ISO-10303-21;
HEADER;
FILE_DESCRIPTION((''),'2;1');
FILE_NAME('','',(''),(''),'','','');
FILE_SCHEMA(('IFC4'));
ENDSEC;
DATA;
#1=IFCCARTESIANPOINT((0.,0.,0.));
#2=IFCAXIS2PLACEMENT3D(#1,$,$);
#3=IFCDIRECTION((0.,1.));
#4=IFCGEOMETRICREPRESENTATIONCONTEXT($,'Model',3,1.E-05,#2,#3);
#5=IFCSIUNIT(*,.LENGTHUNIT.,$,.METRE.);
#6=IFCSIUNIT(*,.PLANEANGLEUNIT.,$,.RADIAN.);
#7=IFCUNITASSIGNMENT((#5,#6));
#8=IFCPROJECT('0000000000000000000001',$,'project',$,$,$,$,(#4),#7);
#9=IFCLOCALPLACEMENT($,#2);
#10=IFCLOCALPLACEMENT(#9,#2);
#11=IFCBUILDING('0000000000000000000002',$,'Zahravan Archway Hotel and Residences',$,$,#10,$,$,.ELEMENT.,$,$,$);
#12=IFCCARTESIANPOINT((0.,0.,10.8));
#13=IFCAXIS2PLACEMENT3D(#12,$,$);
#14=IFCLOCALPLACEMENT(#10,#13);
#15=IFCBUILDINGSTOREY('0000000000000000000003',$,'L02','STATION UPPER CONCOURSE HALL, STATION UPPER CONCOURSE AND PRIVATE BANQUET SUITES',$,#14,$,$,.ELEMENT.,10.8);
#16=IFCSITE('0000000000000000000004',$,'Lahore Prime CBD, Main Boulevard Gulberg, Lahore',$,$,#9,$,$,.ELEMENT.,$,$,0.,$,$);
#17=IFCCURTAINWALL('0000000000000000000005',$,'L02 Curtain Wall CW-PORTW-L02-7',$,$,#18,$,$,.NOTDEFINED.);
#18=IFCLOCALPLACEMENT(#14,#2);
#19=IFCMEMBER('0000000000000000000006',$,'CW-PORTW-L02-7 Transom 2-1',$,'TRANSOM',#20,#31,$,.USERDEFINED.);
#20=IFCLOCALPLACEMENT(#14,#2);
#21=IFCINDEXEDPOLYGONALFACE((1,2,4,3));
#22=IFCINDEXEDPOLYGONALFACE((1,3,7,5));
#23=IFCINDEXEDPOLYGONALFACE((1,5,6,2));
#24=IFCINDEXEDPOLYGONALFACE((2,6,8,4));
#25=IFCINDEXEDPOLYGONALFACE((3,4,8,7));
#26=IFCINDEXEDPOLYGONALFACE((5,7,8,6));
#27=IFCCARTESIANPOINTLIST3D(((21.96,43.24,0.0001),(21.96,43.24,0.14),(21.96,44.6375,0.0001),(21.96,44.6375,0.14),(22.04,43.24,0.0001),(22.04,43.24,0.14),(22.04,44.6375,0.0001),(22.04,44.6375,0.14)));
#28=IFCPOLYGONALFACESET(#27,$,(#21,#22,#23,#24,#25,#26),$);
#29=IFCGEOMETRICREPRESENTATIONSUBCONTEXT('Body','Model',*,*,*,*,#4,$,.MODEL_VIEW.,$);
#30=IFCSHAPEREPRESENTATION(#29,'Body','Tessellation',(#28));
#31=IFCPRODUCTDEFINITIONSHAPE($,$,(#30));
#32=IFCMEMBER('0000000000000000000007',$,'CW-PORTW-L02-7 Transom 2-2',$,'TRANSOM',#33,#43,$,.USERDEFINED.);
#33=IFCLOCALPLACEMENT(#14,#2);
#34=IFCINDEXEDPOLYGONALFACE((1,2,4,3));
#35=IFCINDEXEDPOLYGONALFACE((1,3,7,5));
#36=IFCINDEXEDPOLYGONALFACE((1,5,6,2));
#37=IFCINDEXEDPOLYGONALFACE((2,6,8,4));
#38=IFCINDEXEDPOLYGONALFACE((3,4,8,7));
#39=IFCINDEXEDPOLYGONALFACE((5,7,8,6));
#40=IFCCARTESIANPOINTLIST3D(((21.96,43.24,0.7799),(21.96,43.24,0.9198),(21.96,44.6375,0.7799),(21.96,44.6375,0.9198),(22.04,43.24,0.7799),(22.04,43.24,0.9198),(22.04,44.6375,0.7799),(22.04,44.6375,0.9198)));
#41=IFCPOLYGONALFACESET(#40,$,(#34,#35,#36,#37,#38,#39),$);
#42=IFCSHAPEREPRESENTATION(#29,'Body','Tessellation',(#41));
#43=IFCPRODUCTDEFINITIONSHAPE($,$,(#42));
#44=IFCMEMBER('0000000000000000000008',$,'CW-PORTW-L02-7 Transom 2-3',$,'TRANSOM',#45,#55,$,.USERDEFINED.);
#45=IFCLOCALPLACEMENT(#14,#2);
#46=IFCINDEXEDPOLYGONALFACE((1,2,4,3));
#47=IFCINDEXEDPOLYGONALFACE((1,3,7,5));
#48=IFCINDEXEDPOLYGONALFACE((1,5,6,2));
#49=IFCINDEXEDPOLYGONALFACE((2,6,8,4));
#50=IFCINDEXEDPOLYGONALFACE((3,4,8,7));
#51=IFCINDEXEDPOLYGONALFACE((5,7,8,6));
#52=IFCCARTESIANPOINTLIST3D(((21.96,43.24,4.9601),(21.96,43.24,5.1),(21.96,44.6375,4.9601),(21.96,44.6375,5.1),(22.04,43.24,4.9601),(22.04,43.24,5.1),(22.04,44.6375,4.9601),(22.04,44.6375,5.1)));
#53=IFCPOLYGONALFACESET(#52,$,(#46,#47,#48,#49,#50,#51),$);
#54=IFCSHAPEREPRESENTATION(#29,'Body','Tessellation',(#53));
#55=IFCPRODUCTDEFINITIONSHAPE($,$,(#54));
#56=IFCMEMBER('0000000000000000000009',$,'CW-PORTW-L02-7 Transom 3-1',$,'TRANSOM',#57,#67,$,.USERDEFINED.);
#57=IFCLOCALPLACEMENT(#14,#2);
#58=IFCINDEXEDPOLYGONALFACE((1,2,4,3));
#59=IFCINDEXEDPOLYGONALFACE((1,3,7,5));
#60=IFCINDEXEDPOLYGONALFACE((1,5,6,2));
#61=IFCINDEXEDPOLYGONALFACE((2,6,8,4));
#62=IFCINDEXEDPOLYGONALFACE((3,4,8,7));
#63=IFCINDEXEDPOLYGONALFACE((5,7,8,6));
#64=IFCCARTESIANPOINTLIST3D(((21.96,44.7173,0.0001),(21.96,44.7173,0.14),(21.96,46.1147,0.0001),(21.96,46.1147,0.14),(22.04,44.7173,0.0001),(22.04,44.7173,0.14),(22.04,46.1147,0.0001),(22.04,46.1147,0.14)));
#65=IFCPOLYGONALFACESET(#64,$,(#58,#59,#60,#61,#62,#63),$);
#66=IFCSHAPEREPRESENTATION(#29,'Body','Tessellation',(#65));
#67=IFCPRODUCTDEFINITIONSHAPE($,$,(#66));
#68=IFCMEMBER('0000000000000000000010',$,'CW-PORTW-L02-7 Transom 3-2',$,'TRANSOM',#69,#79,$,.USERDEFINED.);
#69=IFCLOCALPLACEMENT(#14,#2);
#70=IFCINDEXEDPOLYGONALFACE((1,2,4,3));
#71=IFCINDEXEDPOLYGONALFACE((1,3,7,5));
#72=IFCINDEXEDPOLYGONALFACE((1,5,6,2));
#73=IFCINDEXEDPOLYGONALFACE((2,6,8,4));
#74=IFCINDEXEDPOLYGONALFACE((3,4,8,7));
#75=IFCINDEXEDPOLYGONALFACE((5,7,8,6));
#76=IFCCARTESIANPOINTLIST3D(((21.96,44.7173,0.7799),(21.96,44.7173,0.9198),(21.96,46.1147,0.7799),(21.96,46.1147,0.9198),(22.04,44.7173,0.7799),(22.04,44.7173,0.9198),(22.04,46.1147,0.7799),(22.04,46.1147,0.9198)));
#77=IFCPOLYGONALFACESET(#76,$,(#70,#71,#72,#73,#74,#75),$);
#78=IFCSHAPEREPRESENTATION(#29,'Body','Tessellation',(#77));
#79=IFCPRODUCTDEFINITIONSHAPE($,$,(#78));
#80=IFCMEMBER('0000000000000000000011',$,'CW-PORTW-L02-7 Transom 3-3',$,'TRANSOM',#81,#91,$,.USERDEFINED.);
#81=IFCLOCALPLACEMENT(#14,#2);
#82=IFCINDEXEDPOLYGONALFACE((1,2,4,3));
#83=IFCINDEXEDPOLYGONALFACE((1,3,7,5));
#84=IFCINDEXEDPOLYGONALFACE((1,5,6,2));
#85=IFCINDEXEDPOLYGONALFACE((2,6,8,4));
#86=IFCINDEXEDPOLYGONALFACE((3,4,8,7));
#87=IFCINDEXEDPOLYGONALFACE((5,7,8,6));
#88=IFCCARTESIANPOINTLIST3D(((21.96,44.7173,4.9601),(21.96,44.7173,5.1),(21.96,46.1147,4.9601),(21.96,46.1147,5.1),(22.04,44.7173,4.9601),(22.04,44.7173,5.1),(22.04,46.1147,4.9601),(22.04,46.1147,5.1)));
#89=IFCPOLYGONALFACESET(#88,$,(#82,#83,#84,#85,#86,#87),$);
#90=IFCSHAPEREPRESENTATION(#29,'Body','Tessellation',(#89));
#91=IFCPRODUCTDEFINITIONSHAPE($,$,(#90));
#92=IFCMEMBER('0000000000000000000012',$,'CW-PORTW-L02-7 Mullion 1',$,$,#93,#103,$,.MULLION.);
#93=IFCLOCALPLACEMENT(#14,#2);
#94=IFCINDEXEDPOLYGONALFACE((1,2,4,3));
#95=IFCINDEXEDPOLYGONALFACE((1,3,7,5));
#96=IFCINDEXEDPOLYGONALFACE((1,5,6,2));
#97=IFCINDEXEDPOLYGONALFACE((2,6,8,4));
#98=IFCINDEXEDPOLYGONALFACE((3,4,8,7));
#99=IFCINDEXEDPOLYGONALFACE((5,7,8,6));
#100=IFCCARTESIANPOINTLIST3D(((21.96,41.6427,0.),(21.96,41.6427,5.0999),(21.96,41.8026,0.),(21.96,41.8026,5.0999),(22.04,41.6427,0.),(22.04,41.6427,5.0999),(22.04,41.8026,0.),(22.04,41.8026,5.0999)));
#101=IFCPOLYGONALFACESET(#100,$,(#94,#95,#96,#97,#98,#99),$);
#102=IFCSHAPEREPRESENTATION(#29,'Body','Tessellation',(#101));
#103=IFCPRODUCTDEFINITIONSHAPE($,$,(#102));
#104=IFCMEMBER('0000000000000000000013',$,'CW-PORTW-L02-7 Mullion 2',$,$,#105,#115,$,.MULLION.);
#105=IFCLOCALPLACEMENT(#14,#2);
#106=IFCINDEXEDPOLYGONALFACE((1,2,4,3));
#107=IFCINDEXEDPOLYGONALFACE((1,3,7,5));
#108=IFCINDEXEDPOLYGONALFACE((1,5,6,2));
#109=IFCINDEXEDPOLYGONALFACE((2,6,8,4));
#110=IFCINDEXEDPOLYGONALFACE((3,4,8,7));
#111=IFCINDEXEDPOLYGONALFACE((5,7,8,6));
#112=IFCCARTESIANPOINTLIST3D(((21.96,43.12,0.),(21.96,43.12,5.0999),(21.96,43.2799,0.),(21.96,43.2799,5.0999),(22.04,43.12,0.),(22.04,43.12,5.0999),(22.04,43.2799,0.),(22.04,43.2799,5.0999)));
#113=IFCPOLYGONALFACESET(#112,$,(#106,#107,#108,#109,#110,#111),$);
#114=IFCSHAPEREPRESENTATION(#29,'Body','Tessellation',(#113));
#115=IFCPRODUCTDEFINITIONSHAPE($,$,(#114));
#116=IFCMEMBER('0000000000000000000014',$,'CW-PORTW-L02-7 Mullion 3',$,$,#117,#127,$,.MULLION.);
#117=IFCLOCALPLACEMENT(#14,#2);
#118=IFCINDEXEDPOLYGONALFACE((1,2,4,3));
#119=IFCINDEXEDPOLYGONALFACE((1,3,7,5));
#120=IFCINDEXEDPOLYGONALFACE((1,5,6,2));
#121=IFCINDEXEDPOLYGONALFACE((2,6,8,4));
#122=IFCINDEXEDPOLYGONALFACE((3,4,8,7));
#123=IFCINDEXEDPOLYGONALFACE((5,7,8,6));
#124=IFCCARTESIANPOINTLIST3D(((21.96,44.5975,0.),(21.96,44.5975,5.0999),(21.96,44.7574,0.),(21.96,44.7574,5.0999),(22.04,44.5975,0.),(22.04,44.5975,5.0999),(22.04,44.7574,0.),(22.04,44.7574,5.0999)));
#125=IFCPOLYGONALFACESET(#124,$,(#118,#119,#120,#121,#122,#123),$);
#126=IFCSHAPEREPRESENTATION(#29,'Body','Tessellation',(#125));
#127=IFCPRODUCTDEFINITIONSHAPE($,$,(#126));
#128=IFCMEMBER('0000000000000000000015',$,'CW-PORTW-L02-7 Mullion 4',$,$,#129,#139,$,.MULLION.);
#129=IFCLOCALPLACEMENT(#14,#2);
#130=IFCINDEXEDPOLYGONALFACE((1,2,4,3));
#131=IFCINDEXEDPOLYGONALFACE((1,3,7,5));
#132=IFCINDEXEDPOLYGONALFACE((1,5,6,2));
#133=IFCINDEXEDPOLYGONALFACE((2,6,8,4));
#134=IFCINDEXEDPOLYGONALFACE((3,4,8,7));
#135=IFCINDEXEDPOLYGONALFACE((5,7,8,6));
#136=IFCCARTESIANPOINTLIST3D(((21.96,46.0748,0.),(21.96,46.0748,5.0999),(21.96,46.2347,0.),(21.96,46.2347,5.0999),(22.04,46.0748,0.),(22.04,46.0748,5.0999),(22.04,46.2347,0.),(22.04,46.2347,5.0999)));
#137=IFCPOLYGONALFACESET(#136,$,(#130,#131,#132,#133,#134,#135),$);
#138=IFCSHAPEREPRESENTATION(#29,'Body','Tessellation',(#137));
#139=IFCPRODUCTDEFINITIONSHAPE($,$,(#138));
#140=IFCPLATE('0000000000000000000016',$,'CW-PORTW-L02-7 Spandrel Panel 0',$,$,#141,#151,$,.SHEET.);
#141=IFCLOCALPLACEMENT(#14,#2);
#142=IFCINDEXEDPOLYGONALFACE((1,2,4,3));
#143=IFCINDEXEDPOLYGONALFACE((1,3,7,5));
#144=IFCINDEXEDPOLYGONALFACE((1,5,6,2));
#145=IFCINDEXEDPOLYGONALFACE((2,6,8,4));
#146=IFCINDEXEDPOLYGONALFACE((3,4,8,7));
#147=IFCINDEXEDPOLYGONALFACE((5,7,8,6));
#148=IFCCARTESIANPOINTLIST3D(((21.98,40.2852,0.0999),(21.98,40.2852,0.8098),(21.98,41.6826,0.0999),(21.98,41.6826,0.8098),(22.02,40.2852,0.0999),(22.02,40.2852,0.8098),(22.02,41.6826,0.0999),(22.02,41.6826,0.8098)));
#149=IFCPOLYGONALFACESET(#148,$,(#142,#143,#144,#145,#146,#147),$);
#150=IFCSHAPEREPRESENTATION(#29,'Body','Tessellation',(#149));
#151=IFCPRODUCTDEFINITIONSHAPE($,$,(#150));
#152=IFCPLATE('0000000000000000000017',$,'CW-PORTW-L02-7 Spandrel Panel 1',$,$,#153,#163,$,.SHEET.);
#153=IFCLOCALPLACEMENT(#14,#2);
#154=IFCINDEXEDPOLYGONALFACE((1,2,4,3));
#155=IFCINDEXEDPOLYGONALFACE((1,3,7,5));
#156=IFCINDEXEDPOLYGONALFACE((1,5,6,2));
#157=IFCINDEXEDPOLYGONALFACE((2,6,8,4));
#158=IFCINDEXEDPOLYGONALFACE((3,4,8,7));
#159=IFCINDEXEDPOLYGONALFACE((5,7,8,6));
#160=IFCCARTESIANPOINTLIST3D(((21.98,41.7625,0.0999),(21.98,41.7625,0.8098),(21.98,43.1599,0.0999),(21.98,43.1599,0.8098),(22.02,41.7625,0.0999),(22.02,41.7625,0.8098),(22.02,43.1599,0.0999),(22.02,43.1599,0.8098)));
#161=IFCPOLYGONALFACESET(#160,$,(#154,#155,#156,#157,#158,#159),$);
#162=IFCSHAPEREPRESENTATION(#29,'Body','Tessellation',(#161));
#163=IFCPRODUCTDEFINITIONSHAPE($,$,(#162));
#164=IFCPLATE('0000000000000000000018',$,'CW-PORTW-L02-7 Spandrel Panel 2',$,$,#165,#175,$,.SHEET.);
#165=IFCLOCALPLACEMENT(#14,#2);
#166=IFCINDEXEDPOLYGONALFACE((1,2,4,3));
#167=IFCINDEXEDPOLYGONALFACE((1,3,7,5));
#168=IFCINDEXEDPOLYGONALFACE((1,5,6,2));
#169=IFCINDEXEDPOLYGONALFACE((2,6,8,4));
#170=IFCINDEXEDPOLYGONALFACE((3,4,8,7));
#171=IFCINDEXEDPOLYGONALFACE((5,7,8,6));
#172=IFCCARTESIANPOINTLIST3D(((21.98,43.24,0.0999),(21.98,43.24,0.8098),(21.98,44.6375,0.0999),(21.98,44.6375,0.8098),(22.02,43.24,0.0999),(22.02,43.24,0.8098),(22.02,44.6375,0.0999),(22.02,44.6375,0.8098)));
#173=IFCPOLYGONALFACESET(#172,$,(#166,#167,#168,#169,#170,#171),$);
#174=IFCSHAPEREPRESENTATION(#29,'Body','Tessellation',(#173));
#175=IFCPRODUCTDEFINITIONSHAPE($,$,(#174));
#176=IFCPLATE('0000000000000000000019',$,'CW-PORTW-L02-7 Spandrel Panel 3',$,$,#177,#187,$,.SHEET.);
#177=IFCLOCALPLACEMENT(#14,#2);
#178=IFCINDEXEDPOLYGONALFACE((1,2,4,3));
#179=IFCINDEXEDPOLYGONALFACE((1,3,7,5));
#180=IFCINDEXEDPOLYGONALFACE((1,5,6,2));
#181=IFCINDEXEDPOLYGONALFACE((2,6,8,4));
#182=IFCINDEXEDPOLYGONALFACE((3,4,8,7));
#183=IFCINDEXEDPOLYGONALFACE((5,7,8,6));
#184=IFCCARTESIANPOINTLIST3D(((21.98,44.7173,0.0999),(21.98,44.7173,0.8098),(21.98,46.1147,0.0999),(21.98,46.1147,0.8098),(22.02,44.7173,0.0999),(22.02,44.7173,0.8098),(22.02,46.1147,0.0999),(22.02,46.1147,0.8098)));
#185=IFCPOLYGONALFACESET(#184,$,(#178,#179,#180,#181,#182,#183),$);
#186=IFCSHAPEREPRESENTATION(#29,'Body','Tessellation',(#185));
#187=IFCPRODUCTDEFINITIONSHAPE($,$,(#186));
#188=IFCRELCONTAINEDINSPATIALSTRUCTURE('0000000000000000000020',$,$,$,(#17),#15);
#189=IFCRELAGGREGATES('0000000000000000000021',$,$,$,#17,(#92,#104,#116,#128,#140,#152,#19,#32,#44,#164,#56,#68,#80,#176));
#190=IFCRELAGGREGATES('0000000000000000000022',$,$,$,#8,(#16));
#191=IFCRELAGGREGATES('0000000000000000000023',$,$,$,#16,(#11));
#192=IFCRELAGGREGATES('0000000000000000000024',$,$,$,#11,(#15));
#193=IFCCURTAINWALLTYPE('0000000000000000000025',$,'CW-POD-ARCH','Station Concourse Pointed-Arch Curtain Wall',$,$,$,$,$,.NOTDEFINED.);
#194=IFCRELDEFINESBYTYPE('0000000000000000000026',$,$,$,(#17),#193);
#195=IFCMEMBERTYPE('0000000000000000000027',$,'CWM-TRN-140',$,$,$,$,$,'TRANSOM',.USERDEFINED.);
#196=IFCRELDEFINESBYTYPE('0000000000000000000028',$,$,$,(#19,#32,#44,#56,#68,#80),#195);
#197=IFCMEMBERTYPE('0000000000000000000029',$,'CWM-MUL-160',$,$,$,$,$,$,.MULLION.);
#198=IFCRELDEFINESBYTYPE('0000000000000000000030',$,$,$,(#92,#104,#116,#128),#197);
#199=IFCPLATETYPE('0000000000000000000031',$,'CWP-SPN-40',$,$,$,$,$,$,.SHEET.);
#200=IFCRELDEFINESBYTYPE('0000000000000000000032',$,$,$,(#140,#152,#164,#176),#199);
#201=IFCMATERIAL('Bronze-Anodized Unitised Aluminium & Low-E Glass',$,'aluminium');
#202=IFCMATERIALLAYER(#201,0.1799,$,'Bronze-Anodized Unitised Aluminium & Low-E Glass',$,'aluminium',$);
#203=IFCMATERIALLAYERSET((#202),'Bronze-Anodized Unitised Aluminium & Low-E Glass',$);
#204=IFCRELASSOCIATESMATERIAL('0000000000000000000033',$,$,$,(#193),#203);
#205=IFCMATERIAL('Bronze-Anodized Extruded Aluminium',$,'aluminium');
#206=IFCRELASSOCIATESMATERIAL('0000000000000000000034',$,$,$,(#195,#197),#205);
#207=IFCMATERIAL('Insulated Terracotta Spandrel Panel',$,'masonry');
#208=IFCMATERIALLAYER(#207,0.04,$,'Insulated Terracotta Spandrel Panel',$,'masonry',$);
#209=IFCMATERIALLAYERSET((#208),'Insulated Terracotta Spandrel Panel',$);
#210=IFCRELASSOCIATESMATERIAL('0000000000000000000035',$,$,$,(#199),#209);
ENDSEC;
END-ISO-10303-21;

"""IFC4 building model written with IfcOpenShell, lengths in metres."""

from ifc_helpers import new_model, si_unit, direction, frame, origin, origin_2d, place, context, subcontext, project, spatial, rectangle, extrude, source, transform, mapped, material, layer, layer_set, material_profile, profile_set, type_object, element, aggregate, save


model = new_model("IFC4")

# Units and contexts
model_context = context("Model", 3, precision=1e-05, world=origin(), true_north=direction((0.0, 1.0)))
body_context = subcontext(model_context, "Body", "Model", "MODEL_VIEW")
ifc_project = project(units=[si_unit("LENGTHUNIT", "METRE"), si_unit("PLANEANGLEUNIT", "RADIAN")], contexts=[model_context])

# Site, building, storey
site_placement = place(None, origin())
site = spatial("IfcSite", under=ifc_project, at=site_placement, Name="Lahore Prime CBD, Main Boulevard Gulberg, Lahore", CompositionType="ELEMENT", RefElevation=0.0)
building_placement = place(site_placement, origin())
building = spatial("IfcBuilding", under=site, at=building_placement, Name="Zahravan Archway Hotel and Residences", CompositionType="ELEMENT")
storey_placement = place(building_placement, frame((0.0, 0.0, 10.8)))
storey = spatial("IfcBuildingStorey", under=building, at=storey_placement, Name="L02", Description="STATION UPPER CONCOURSE HALL, STATION UPPER CONCOURSE AND PRIVATE BANQUET SUITES", CompositionType="ELEMENT", Elevation=10.8)

# Curtain wall, members, plates
ifc_material_1 = material(Name="Bronze-Anodized Unitised Aluminium & Low-E Glass", Category="aluminium")
ifc_layer_1 = layer(ifc_material_1, 0.1799, Name="Bronze-Anodized Unitised Aluminium & Low-E Glass", Category="aluminium")
ifc_layer_set_1 = layer_set([ifc_layer_1], Name="Bronze-Anodized Unitised Aluminium & Low-E Glass")
curtain_wall_type = type_object("IfcCurtainWallType", Name="CW-POD-ARCH", Description="Station Concourse Pointed-Arch Curtain Wall", PredefinedType="NOTDEFINED", material=ifc_layer_set_1)
curtain_wall_placement = place(storey_placement, origin())
curtain_wall = element("IfcCurtainWall", 1, at=curtain_wall_placement, inside=storey, type_object=curtain_wall_type, Name="L02 Curtain Wall CW-PORTW-L02-7", PredefinedType="NOTDEFINED")
ifc_material_2 = material(Name="Bronze-Anodized Extruded Aluminium", Category="aluminium")
ifc_material_profile_1 = material_profile(ifc_material_2, rectangle(XDim=0.0801, YDim=0.1399, at=origin_2d()), Name="TRN 80x140", Category="aluminium")
ifc_profile_set_1 = profile_set([ifc_material_profile_1], Name="Bronze-Anodized Extruded Aluminium")
member_type_1 = type_object("IfcMemberType", Name="CWM-TRN-140", ElementType="TRANSOM", PredefinedType="USERDEFINED", material=ifc_profile_set_1)
shared_shape_1 = source(origin(), body_context, "Body", "SweptSolid", [
    extrude(rectangle(XDim=0.0801, YDim=0.1399, at=origin_2d()), origin(), (0.0, 0.0, 1.0), 1.3975),
])
member_1_placement = place(storey_placement, frame((22.0, 43.24, 0.0701), z_axis=(0.0, 1.0, 0.0), x_axis=(-1.0, 0.0, 0.0)))
member_1 = element("IfcMember", 2, at=member_1_placement, type_object=member_type_1, Name="CW-PORTW-L02-7 Transom 2-1", ObjectType="TRANSOM", PredefinedType="USERDEFINED", context=body_context, shape_type="MappedRepresentation", body=[
    mapped(shared_shape_1, transform((0.0, 0.0, 0.0), scale=1.0)),
])
member_2_placement = place(storey_placement, frame((22.0, 43.24, 0.8499), z_axis=(0.0, 1.0, 0.0), x_axis=(-1.0, 0.0, 0.0)))
member_2 = element("IfcMember", 3, at=member_2_placement, type_object=member_type_1, Name="CW-PORTW-L02-7 Transom 2-2", ObjectType="TRANSOM", PredefinedType="USERDEFINED", context=body_context, shape_type="MappedRepresentation", body=[
    mapped(shared_shape_1, transform((0.0, 0.0, 0.0), scale=1.0)),
])
member_3_placement = place(storey_placement, frame((22.0, 43.24, 5.03), z_axis=(0.0, 1.0, 0.0), x_axis=(-1.0, 0.0, 0.0)))
member_3 = element("IfcMember", 4, at=member_3_placement, type_object=member_type_1, Name="CW-PORTW-L02-7 Transom 2-3", ObjectType="TRANSOM", PredefinedType="USERDEFINED", context=body_context, shape_type="MappedRepresentation", body=[
    mapped(shared_shape_1, transform((0.0, 0.0, 0.0), scale=1.0)),
])
member_4_placement = place(storey_placement, frame((22.0, 44.7173, 0.0701), z_axis=(0.0, 1.0, 0.0), x_axis=(-1.0, 0.0, 0.0)))
member_4 = element("IfcMember", 5, at=member_4_placement, type_object=member_type_1, Name="CW-PORTW-L02-7 Transom 3-1", ObjectType="TRANSOM", PredefinedType="USERDEFINED", context=body_context, shape_type="MappedRepresentation", body=[
    mapped(shared_shape_1, transform((0.0, 0.0, 0.0), scale=1.0)),
])
member_5_placement = place(storey_placement, frame((22.0, 44.7173, 0.8499), z_axis=(0.0, 1.0, 0.0), x_axis=(-1.0, 0.0, 0.0)))
member_5 = element("IfcMember", 6, at=member_5_placement, type_object=member_type_1, Name="CW-PORTW-L02-7 Transom 3-2", ObjectType="TRANSOM", PredefinedType="USERDEFINED", context=body_context, shape_type="MappedRepresentation", body=[
    mapped(shared_shape_1, transform((0.0, 0.0, 0.0), scale=1.0)),
])
member_6_placement = place(storey_placement, frame((22.0, 44.7173, 5.03), z_axis=(0.0, 1.0, 0.0), x_axis=(-1.0, 0.0, 0.0)))
member_6 = element("IfcMember", 7, at=member_6_placement, type_object=member_type_1, Name="CW-PORTW-L02-7 Transom 3-3", ObjectType="TRANSOM", PredefinedType="USERDEFINED", context=body_context, shape_type="MappedRepresentation", body=[
    mapped(shared_shape_1, transform((0.0, 0.0, 0.0), scale=1.0)),
])
ifc_material_profile_2 = material_profile(ifc_material_2, rectangle(XDim=0.0801, YDim=0.1599, at=origin_2d()), Name="MUL 80x160", Category="aluminium")
ifc_profile_set_2 = profile_set([ifc_material_profile_2], Name="Bronze-Anodized Extruded Aluminium")
member_type_2 = type_object("IfcMemberType", Name="CWM-MUL-160", PredefinedType="MULLION", material=ifc_profile_set_2)
shared_shape_2 = source(origin(), body_context, "Body", "SweptSolid", [
    extrude(rectangle(XDim=0.0801, YDim=0.1599, at=origin_2d()), origin(), (0.0, 0.0, 1.0), 5.0999),
])
member_7_placement = place(storey_placement, frame((22.0, 41.7227, 0.0), z_axis=(0.0, 0.0, 1.0), x_axis=(1.0, 0.0, 0.0)))
member_7 = element("IfcMember", 8, at=member_7_placement, type_object=member_type_2, Name="CW-PORTW-L02-7 Mullion 1", PredefinedType="MULLION", context=body_context, shape_type="MappedRepresentation", body=[
    mapped(shared_shape_2, transform((0.0, 0.0, 0.0), scale=1.0)),
])
member_8_placement = place(storey_placement, frame((22.0, 43.2, 0.0), z_axis=(0.0, 0.0, 1.0), x_axis=(1.0, 0.0, 0.0)))
member_8 = element("IfcMember", 9, at=member_8_placement, type_object=member_type_2, Name="CW-PORTW-L02-7 Mullion 2", PredefinedType="MULLION", context=body_context, shape_type="MappedRepresentation", body=[
    mapped(shared_shape_2, transform((0.0, 0.0, 0.0), scale=1.0)),
])
member_9_placement = place(storey_placement, frame((22.0, 44.6775, 0.0), z_axis=(0.0, 0.0, 1.0), x_axis=(1.0, 0.0, 0.0)))
member_9 = element("IfcMember", 10, at=member_9_placement, type_object=member_type_2, Name="CW-PORTW-L02-7 Mullion 3", PredefinedType="MULLION", context=body_context, shape_type="MappedRepresentation", body=[
    mapped(shared_shape_2, transform((0.0, 0.0, 0.0), scale=1.0)),
])
member_10_placement = place(storey_placement, frame((22.0, 46.1548, 0.0), z_axis=(0.0, 0.0, 1.0), x_axis=(1.0, 0.0, 0.0)))
member_10 = element("IfcMember", 11, at=member_10_placement, type_object=member_type_2, Name="CW-PORTW-L02-7 Mullion 4", PredefinedType="MULLION", context=body_context, shape_type="MappedRepresentation", body=[
    mapped(shared_shape_2, transform((0.0, 0.0, 0.0), scale=1.0)),
])
ifc_material_3 = material(Name="Insulated Terracotta Spandrel Panel", Category="masonry")
ifc_layer_2 = layer(ifc_material_3, 0.04, Name="Insulated Terracotta Spandrel Panel", Category="masonry")
ifc_layer_set_2 = layer_set([ifc_layer_2], Name="Insulated Terracotta Spandrel Panel")
plate_type_1 = type_object("IfcPlateType", Name="CWP-SPN-40", PredefinedType="SHEET", material=ifc_layer_set_2)
shared_shape_3 = source(origin(), body_context, "Body", "SweptSolid", [
    extrude(rectangle(XDim=1.3975, YDim=0.04, at=origin_2d()), origin(), (0.0, 0.0, 1.0), 0.71),
])
plate_1_placement = place(storey_placement, frame((22.0, 40.9839, 0.0999), z_axis=(0.0, 0.0, 1.0), x_axis=(0.0, 1.0, 0.0)))
plate_1 = element("IfcPlate", 12, at=plate_1_placement, type_object=plate_type_1, Name="CW-PORTW-L02-7 Spandrel Panel 0", PredefinedType="SHEET", context=body_context, shape_type="MappedRepresentation", body=[
    mapped(shared_shape_3, transform((0.0, 0.0, 0.0), scale=1.0)),
])
plate_2_placement = place(storey_placement, frame((22.0, 42.4612, 0.0999), z_axis=(0.0, 0.0, 1.0), x_axis=(0.0, 1.0, 0.0)))
plate_2 = element("IfcPlate", 13, at=plate_2_placement, type_object=plate_type_1, Name="CW-PORTW-L02-7 Spandrel Panel 1", PredefinedType="SHEET", context=body_context, shape_type="MappedRepresentation", body=[
    mapped(shared_shape_3, transform((0.0, 0.0, 0.0), scale=1.0)),
])
plate_3_placement = place(storey_placement, frame((22.0, 43.9387, 0.0999), z_axis=(0.0, 0.0, 1.0), x_axis=(0.0, 1.0, 0.0)))
plate_3 = element("IfcPlate", 14, at=plate_3_placement, type_object=plate_type_1, Name="CW-PORTW-L02-7 Spandrel Panel 2", PredefinedType="SHEET", context=body_context, shape_type="MappedRepresentation", body=[
    mapped(shared_shape_3, transform((0.0, 0.0, 0.0), scale=1.0)),
])
plate_4_placement = place(storey_placement, frame((22.0, 45.416, 0.0999), z_axis=(0.0, 0.0, 1.0), x_axis=(0.0, 1.0, 0.0)))
plate_4 = element("IfcPlate", 15, at=plate_4_placement, type_object=plate_type_1, Name="CW-PORTW-L02-7 Spandrel Panel 3", PredefinedType="SHEET", context=body_context, shape_type="MappedRepresentation", body=[
    mapped(shared_shape_3, transform((0.0, 0.0, 0.0), scale=1.0)),
])
aggregate(curtain_wall, [member_7, member_8, member_9, member_10, plate_1, plate_2, member_1, member_2, member_3, plate_3, member_4, member_5, member_6, plate_4])

save(model, "model.ifc")
